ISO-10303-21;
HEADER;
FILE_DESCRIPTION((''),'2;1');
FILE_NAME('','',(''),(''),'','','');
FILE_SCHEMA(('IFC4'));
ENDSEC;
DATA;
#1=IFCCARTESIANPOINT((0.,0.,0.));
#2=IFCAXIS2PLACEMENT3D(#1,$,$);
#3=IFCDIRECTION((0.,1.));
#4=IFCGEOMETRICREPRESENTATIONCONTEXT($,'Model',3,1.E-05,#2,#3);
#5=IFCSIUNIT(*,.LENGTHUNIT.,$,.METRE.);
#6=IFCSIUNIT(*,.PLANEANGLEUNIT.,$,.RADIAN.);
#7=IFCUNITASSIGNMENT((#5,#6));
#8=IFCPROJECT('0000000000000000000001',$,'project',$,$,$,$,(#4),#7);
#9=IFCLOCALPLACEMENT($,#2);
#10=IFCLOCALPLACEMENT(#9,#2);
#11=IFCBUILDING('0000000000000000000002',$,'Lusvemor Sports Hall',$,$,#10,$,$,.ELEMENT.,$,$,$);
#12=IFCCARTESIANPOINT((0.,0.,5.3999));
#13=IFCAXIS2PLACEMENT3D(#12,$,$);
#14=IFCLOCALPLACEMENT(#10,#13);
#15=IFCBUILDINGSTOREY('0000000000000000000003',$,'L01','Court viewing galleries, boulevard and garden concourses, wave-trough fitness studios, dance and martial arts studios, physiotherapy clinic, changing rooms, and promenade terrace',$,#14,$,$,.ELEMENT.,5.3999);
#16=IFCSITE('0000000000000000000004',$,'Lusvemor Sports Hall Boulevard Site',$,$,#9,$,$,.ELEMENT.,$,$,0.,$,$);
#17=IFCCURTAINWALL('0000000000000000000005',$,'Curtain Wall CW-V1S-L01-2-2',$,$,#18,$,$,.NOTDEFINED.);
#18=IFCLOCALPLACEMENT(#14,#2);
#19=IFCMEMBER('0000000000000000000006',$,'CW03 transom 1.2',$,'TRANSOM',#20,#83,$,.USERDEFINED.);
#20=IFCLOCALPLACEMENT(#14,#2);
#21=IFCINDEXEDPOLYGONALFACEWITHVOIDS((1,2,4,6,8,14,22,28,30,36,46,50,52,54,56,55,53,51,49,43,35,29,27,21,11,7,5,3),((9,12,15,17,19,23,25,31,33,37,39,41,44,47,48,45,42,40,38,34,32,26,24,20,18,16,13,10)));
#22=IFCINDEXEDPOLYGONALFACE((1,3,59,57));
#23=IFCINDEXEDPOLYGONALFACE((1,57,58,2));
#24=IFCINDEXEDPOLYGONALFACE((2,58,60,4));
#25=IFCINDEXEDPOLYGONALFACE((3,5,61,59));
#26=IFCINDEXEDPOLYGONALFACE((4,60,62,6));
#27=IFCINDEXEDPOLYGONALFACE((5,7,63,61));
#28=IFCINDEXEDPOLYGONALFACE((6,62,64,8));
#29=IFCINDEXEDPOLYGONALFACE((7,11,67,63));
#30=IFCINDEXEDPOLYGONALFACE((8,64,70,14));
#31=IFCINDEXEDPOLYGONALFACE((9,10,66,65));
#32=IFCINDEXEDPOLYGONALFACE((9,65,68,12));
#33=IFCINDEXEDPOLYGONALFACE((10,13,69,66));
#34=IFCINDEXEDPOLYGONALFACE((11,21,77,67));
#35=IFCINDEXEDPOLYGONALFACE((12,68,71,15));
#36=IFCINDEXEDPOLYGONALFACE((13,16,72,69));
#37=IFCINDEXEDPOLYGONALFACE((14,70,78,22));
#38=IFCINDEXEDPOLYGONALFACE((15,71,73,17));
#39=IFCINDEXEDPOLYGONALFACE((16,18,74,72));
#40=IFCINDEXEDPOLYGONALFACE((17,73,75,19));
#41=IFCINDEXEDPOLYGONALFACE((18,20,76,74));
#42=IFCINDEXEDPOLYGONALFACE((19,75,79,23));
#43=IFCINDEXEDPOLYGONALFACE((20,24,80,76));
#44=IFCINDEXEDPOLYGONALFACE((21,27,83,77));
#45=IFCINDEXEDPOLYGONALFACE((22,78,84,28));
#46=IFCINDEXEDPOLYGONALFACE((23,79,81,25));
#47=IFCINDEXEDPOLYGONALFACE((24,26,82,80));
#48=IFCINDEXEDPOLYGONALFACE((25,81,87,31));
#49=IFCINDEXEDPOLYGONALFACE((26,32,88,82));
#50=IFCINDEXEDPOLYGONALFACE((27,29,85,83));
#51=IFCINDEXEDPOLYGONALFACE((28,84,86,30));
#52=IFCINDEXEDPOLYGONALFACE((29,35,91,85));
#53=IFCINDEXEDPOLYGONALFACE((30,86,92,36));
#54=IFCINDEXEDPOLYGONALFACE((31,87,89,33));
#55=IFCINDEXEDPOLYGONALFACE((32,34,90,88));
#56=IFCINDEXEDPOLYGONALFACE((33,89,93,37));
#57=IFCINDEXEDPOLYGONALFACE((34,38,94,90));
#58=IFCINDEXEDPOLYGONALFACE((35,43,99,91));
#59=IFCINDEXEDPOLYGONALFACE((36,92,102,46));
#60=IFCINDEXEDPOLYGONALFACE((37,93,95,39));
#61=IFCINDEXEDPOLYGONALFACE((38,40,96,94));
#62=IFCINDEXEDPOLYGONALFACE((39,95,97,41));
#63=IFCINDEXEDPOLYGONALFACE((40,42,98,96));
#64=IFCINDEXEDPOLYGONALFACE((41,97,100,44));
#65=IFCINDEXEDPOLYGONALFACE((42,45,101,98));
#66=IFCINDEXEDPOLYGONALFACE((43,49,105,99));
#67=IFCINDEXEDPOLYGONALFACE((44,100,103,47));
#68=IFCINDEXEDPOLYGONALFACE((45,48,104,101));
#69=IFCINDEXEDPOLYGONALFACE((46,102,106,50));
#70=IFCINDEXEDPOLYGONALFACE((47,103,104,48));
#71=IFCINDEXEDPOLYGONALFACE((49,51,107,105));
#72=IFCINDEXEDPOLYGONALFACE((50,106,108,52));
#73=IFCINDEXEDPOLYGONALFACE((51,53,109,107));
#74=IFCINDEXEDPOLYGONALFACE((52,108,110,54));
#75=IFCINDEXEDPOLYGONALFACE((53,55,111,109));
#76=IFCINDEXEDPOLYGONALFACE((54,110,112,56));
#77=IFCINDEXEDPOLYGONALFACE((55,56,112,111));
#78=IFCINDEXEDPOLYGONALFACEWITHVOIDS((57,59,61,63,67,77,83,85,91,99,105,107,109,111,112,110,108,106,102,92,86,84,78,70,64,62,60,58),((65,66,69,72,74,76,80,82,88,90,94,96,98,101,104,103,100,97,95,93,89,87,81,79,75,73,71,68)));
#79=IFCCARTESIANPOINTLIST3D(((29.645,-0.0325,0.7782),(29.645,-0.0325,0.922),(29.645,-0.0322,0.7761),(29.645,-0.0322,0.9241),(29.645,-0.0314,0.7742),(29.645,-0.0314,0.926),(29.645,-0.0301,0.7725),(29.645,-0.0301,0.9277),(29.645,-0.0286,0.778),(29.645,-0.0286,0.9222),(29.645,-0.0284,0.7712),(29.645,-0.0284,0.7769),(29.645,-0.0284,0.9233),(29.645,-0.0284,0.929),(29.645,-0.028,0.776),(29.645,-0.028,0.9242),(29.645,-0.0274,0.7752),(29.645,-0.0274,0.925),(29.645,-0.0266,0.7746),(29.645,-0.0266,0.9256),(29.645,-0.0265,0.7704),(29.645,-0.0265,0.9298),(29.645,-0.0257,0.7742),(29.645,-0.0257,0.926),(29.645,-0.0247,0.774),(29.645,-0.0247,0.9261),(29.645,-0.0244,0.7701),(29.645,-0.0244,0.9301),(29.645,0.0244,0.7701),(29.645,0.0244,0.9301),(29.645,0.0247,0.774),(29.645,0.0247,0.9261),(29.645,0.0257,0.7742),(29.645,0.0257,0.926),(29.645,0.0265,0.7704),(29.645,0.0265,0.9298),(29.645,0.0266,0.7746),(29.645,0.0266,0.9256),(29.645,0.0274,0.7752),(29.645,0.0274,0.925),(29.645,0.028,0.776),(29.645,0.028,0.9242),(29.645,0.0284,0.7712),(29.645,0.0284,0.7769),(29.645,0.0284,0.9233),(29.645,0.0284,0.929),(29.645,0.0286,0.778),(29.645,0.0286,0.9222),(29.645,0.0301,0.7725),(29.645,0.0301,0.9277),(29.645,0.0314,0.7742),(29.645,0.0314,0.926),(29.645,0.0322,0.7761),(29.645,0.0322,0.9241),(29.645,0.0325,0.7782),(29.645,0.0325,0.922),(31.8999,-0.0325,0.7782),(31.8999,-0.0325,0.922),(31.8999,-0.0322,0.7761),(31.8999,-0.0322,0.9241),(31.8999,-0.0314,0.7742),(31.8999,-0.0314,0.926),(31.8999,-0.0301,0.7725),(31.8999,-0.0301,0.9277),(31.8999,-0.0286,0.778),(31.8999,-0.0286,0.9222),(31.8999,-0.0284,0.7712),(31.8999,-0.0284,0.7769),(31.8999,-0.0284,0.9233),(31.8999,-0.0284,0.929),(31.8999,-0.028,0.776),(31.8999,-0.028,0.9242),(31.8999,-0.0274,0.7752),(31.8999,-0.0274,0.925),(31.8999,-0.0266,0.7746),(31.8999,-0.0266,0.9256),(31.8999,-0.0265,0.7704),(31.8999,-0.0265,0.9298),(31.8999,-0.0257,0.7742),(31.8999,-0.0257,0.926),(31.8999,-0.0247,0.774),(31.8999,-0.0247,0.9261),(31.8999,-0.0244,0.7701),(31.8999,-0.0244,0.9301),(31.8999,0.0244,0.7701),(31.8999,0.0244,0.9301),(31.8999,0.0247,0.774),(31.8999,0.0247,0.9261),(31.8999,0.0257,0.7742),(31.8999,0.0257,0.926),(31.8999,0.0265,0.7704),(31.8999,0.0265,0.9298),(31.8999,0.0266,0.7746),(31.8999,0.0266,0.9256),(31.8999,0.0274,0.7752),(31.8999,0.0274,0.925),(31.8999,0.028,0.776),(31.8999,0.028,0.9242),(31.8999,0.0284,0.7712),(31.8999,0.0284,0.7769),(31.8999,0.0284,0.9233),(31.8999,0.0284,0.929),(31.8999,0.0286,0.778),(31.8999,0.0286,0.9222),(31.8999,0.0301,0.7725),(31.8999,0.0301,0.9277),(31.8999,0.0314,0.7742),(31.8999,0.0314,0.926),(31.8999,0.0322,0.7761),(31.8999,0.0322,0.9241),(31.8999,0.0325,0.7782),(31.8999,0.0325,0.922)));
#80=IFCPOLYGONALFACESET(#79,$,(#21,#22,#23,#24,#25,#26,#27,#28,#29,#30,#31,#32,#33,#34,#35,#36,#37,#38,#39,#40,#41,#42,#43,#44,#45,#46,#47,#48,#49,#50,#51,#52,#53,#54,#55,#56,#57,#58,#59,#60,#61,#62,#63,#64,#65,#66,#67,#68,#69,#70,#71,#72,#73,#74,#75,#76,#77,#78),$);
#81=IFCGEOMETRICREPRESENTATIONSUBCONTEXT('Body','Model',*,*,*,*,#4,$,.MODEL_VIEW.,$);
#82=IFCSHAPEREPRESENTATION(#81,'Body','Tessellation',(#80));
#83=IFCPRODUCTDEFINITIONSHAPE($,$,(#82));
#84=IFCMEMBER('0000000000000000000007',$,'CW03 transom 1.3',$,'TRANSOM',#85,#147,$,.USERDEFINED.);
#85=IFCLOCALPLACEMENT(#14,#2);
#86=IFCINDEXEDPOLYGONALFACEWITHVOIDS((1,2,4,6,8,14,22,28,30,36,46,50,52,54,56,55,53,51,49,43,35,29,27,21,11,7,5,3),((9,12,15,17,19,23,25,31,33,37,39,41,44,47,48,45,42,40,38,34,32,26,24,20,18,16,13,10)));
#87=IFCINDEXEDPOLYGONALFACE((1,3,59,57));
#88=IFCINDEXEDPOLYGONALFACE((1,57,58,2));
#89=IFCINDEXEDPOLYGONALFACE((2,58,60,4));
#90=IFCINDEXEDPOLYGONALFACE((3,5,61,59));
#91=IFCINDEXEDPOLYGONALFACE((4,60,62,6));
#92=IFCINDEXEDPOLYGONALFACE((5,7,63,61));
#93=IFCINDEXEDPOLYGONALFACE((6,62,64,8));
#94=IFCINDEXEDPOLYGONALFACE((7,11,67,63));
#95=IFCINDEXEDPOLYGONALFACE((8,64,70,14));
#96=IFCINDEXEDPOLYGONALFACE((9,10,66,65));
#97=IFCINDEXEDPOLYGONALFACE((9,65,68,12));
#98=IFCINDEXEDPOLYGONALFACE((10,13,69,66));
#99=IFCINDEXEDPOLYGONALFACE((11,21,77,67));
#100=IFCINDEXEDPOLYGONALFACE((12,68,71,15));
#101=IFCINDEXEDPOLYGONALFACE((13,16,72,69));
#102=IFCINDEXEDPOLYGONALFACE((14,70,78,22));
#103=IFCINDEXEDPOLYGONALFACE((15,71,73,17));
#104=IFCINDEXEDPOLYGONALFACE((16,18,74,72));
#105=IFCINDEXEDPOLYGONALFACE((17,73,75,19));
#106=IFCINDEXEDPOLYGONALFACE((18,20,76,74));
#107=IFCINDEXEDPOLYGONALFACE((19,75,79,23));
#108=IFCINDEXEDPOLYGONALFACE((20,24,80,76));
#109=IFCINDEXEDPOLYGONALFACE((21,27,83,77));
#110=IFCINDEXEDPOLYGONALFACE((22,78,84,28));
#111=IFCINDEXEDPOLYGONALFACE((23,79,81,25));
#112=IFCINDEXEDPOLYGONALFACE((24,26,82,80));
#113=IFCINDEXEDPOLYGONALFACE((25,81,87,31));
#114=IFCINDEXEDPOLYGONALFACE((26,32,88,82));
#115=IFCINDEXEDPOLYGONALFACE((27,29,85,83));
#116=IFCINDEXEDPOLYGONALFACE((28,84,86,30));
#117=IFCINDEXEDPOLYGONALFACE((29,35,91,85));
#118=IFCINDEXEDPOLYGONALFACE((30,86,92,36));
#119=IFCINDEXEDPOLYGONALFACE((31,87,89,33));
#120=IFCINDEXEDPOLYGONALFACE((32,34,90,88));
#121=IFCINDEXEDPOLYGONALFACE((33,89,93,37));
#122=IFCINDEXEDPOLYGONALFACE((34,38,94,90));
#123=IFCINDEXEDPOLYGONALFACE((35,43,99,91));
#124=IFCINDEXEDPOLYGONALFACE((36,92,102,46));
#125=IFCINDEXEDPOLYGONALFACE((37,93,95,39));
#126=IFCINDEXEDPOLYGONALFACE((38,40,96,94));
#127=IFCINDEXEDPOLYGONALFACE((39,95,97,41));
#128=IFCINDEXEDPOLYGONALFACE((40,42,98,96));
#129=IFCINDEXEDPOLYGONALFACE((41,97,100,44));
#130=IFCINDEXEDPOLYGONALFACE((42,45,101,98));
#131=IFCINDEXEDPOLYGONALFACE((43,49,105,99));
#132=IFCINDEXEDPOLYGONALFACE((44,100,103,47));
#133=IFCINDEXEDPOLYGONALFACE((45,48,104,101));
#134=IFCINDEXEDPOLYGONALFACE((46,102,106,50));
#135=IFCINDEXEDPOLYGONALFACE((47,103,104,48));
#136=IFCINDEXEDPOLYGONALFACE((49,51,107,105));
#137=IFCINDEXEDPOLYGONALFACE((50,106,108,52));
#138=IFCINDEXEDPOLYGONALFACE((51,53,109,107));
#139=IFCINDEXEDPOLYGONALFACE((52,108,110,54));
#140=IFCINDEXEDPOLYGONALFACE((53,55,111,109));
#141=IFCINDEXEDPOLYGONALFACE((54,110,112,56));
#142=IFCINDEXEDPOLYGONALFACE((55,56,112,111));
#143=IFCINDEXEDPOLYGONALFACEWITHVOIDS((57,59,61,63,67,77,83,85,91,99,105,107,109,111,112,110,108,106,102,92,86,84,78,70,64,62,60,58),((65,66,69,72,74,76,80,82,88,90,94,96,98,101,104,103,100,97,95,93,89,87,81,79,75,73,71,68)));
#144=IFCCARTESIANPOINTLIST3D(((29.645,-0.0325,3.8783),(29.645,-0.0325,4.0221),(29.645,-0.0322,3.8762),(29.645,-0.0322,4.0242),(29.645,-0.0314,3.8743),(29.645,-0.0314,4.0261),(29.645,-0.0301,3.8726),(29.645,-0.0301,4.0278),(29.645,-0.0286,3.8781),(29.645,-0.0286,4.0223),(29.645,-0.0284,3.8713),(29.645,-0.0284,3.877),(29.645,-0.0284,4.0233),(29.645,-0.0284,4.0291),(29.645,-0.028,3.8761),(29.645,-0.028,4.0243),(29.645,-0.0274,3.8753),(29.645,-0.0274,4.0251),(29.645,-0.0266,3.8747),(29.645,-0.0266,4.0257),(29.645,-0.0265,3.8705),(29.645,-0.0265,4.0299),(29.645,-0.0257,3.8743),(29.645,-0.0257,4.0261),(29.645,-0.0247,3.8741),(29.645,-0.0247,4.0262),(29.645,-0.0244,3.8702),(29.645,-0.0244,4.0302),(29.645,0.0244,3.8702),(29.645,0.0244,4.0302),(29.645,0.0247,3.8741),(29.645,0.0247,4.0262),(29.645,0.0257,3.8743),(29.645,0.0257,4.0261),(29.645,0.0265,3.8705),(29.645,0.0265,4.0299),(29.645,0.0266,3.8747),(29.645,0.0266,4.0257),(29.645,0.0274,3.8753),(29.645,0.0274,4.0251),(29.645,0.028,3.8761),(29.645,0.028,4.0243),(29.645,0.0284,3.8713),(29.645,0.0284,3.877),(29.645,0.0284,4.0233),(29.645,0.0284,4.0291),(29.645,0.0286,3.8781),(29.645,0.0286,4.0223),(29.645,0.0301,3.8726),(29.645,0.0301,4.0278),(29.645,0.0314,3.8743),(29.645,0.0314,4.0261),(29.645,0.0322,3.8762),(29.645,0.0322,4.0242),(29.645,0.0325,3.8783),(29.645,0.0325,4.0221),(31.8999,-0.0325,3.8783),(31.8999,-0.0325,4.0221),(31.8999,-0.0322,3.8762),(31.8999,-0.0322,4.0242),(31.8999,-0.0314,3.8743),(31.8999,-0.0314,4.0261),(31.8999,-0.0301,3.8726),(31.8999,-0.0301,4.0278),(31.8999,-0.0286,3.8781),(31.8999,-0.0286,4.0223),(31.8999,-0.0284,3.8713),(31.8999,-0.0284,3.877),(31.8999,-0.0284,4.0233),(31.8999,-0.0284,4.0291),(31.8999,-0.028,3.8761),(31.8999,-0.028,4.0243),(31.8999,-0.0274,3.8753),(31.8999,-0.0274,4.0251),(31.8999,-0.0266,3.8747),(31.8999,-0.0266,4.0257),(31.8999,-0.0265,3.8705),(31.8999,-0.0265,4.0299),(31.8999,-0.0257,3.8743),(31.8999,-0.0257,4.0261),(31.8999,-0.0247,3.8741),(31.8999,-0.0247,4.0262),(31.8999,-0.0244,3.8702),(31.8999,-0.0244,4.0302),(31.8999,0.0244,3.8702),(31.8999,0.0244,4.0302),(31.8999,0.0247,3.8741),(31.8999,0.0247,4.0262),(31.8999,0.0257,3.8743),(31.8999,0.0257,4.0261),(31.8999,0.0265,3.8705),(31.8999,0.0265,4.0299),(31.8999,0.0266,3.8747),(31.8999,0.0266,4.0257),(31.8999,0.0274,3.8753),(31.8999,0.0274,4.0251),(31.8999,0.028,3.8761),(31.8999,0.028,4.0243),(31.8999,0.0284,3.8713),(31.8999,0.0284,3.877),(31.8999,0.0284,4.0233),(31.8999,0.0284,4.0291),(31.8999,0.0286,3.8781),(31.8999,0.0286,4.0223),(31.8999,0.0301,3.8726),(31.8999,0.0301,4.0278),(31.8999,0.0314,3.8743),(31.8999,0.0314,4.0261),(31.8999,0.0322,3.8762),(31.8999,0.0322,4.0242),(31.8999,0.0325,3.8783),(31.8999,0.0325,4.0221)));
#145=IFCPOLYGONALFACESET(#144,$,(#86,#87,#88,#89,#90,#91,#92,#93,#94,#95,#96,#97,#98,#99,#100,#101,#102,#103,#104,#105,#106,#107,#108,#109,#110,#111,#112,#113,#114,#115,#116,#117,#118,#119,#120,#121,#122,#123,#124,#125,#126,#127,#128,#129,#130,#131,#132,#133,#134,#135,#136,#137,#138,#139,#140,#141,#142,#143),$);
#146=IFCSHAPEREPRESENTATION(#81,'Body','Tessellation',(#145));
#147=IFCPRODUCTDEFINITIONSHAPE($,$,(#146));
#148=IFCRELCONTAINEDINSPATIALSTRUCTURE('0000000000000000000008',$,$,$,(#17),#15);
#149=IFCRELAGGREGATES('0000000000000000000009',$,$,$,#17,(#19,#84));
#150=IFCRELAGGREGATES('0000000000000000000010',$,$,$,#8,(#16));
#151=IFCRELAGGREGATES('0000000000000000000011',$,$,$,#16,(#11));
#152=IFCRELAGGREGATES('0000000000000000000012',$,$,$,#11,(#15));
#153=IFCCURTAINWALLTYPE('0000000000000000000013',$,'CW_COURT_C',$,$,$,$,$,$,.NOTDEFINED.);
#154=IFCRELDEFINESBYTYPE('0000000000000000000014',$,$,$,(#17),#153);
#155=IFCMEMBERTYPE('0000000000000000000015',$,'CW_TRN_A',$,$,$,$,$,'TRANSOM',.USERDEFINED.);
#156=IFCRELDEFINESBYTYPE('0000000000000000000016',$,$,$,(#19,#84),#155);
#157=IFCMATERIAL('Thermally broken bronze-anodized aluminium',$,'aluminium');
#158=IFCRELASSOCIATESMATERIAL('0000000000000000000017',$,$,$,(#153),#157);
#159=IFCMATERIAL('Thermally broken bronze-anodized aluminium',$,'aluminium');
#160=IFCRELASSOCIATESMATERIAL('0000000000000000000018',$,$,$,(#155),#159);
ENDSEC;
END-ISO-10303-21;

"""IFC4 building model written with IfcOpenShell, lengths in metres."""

from ifc_helpers import new_model, si_unit, direction, frame, origin, origin_2d, place, context, subcontext, project, spatial, hollow_rectangle, extrude, material, material_profile, profile_set, type_object, element, aggregate, save


model = new_model("IFC4")

# Units and contexts
model_context = context("Model", 3, precision=1e-05, world=origin(), true_north=direction((0.0, 1.0)))
body_context = subcontext(model_context, "Body", "Model", "MODEL_VIEW")
ifc_project = project(units=[si_unit("LENGTHUNIT", "METRE"), si_unit("PLANEANGLEUNIT", "RADIAN")], contexts=[model_context])

# Site, building, storey
site_placement = place(None, origin())
site = spatial("IfcSite", under=ifc_project, at=site_placement, Name="Lusvemor Sports Hall Boulevard Site", CompositionType="ELEMENT", RefElevation=0.0)
building_placement = place(site_placement, origin())
building = spatial("IfcBuilding", under=site, at=building_placement, Name="Lusvemor Sports Hall", CompositionType="ELEMENT")
storey_placement = place(building_placement, frame((0.0, 0.0, 5.3999)))
storey = spatial("IfcBuildingStorey", under=building, at=storey_placement, Name="L01", Description="Court viewing galleries, boulevard and garden concourses, wave-trough fitness studios, dance and martial arts studios, physiotherapy clinic, changing rooms, and promenade terrace", CompositionType="ELEMENT", Elevation=5.3999)

# Curtain wall
ifc_material_1 = material(Name="Thermally broken bronze-anodized aluminium", Category="aluminium")
curtain_wall_type = type_object("IfcCurtainWallType", Name="CW_COURT_C", PredefinedType="NOTDEFINED", material=ifc_material_1)
curtain_wall_1_placement = place(storey_placement, origin())
curtain_wall_1 = element("IfcCurtainWall", 1, at=curtain_wall_1_placement, inside=storey, type_object=curtain_wall_type, Name="Curtain Wall CW-V1S-L01-2-2", PredefinedType="NOTDEFINED")

# Members
ifc_material_2 = material(Name="Thermally broken bronze-anodized aluminium", Category="aluminium")
ifc_material_profile_1 = material_profile(ifc_material_2, hollow_rectangle(XDim=0.0649, YDim=0.1599, WallThickness=0.0039, InnerFilletRadius=0.0039, OuterFilletRadius=0.0081, at=origin_2d()), Name="CWTRN160x65x4")
ifc_profile_set_1 = profile_set([ifc_material_profile_1], Name="Thermally broken bronze-anodized aluminium")
member_type_1 = type_object("IfcMemberType", Name="CW_TRN_A", ElementType="TRANSOM", PredefinedType="USERDEFINED", material=ifc_profile_set_1)
member_1_placement = place(storey_placement, frame((31.8999, 0.0, 0.8501), z_axis=(-1.0, 0.0, 0.0), x_axis=(0.0, -1.0, 0.0)))
member_1 = element("IfcMember", 2, at=member_1_placement, type_object=member_type_1, Name="CW03 transom 1.2", ObjectType="TRANSOM", PredefinedType="USERDEFINED", context=body_context, shape_type="SweptSolid", body=[
    extrude(hollow_rectangle(XDim=0.0649, YDim=0.1599, WallThickness=0.0039, InnerFilletRadius=0.0039, OuterFilletRadius=0.0081, at=origin_2d()), origin(), (0.0, 0.0, 1.0), 2.2549),
])
member_2_placement = place(storey_placement, frame((31.8999, 0.0, 3.9502), z_axis=(-1.0, 0.0, 0.0), x_axis=(0.0, -1.0, 0.0)))
member_2 = element("IfcMember", 3, at=member_2_placement, type_object=member_type_1, Name="CW03 transom 1.3", ObjectType="TRANSOM", PredefinedType="USERDEFINED", context=body_context, shape_type="SweptSolid", body=[
    extrude(hollow_rectangle(XDim=0.0649, YDim=0.1599, WallThickness=0.0039, InnerFilletRadius=0.0039, OuterFilletRadius=0.0081, at=origin_2d()), origin(), (0.0, 0.0, 1.0), 2.2549),
])

aggregate(curtain_wall_1, [member_1, member_2])

save(model, "model.ifc")
